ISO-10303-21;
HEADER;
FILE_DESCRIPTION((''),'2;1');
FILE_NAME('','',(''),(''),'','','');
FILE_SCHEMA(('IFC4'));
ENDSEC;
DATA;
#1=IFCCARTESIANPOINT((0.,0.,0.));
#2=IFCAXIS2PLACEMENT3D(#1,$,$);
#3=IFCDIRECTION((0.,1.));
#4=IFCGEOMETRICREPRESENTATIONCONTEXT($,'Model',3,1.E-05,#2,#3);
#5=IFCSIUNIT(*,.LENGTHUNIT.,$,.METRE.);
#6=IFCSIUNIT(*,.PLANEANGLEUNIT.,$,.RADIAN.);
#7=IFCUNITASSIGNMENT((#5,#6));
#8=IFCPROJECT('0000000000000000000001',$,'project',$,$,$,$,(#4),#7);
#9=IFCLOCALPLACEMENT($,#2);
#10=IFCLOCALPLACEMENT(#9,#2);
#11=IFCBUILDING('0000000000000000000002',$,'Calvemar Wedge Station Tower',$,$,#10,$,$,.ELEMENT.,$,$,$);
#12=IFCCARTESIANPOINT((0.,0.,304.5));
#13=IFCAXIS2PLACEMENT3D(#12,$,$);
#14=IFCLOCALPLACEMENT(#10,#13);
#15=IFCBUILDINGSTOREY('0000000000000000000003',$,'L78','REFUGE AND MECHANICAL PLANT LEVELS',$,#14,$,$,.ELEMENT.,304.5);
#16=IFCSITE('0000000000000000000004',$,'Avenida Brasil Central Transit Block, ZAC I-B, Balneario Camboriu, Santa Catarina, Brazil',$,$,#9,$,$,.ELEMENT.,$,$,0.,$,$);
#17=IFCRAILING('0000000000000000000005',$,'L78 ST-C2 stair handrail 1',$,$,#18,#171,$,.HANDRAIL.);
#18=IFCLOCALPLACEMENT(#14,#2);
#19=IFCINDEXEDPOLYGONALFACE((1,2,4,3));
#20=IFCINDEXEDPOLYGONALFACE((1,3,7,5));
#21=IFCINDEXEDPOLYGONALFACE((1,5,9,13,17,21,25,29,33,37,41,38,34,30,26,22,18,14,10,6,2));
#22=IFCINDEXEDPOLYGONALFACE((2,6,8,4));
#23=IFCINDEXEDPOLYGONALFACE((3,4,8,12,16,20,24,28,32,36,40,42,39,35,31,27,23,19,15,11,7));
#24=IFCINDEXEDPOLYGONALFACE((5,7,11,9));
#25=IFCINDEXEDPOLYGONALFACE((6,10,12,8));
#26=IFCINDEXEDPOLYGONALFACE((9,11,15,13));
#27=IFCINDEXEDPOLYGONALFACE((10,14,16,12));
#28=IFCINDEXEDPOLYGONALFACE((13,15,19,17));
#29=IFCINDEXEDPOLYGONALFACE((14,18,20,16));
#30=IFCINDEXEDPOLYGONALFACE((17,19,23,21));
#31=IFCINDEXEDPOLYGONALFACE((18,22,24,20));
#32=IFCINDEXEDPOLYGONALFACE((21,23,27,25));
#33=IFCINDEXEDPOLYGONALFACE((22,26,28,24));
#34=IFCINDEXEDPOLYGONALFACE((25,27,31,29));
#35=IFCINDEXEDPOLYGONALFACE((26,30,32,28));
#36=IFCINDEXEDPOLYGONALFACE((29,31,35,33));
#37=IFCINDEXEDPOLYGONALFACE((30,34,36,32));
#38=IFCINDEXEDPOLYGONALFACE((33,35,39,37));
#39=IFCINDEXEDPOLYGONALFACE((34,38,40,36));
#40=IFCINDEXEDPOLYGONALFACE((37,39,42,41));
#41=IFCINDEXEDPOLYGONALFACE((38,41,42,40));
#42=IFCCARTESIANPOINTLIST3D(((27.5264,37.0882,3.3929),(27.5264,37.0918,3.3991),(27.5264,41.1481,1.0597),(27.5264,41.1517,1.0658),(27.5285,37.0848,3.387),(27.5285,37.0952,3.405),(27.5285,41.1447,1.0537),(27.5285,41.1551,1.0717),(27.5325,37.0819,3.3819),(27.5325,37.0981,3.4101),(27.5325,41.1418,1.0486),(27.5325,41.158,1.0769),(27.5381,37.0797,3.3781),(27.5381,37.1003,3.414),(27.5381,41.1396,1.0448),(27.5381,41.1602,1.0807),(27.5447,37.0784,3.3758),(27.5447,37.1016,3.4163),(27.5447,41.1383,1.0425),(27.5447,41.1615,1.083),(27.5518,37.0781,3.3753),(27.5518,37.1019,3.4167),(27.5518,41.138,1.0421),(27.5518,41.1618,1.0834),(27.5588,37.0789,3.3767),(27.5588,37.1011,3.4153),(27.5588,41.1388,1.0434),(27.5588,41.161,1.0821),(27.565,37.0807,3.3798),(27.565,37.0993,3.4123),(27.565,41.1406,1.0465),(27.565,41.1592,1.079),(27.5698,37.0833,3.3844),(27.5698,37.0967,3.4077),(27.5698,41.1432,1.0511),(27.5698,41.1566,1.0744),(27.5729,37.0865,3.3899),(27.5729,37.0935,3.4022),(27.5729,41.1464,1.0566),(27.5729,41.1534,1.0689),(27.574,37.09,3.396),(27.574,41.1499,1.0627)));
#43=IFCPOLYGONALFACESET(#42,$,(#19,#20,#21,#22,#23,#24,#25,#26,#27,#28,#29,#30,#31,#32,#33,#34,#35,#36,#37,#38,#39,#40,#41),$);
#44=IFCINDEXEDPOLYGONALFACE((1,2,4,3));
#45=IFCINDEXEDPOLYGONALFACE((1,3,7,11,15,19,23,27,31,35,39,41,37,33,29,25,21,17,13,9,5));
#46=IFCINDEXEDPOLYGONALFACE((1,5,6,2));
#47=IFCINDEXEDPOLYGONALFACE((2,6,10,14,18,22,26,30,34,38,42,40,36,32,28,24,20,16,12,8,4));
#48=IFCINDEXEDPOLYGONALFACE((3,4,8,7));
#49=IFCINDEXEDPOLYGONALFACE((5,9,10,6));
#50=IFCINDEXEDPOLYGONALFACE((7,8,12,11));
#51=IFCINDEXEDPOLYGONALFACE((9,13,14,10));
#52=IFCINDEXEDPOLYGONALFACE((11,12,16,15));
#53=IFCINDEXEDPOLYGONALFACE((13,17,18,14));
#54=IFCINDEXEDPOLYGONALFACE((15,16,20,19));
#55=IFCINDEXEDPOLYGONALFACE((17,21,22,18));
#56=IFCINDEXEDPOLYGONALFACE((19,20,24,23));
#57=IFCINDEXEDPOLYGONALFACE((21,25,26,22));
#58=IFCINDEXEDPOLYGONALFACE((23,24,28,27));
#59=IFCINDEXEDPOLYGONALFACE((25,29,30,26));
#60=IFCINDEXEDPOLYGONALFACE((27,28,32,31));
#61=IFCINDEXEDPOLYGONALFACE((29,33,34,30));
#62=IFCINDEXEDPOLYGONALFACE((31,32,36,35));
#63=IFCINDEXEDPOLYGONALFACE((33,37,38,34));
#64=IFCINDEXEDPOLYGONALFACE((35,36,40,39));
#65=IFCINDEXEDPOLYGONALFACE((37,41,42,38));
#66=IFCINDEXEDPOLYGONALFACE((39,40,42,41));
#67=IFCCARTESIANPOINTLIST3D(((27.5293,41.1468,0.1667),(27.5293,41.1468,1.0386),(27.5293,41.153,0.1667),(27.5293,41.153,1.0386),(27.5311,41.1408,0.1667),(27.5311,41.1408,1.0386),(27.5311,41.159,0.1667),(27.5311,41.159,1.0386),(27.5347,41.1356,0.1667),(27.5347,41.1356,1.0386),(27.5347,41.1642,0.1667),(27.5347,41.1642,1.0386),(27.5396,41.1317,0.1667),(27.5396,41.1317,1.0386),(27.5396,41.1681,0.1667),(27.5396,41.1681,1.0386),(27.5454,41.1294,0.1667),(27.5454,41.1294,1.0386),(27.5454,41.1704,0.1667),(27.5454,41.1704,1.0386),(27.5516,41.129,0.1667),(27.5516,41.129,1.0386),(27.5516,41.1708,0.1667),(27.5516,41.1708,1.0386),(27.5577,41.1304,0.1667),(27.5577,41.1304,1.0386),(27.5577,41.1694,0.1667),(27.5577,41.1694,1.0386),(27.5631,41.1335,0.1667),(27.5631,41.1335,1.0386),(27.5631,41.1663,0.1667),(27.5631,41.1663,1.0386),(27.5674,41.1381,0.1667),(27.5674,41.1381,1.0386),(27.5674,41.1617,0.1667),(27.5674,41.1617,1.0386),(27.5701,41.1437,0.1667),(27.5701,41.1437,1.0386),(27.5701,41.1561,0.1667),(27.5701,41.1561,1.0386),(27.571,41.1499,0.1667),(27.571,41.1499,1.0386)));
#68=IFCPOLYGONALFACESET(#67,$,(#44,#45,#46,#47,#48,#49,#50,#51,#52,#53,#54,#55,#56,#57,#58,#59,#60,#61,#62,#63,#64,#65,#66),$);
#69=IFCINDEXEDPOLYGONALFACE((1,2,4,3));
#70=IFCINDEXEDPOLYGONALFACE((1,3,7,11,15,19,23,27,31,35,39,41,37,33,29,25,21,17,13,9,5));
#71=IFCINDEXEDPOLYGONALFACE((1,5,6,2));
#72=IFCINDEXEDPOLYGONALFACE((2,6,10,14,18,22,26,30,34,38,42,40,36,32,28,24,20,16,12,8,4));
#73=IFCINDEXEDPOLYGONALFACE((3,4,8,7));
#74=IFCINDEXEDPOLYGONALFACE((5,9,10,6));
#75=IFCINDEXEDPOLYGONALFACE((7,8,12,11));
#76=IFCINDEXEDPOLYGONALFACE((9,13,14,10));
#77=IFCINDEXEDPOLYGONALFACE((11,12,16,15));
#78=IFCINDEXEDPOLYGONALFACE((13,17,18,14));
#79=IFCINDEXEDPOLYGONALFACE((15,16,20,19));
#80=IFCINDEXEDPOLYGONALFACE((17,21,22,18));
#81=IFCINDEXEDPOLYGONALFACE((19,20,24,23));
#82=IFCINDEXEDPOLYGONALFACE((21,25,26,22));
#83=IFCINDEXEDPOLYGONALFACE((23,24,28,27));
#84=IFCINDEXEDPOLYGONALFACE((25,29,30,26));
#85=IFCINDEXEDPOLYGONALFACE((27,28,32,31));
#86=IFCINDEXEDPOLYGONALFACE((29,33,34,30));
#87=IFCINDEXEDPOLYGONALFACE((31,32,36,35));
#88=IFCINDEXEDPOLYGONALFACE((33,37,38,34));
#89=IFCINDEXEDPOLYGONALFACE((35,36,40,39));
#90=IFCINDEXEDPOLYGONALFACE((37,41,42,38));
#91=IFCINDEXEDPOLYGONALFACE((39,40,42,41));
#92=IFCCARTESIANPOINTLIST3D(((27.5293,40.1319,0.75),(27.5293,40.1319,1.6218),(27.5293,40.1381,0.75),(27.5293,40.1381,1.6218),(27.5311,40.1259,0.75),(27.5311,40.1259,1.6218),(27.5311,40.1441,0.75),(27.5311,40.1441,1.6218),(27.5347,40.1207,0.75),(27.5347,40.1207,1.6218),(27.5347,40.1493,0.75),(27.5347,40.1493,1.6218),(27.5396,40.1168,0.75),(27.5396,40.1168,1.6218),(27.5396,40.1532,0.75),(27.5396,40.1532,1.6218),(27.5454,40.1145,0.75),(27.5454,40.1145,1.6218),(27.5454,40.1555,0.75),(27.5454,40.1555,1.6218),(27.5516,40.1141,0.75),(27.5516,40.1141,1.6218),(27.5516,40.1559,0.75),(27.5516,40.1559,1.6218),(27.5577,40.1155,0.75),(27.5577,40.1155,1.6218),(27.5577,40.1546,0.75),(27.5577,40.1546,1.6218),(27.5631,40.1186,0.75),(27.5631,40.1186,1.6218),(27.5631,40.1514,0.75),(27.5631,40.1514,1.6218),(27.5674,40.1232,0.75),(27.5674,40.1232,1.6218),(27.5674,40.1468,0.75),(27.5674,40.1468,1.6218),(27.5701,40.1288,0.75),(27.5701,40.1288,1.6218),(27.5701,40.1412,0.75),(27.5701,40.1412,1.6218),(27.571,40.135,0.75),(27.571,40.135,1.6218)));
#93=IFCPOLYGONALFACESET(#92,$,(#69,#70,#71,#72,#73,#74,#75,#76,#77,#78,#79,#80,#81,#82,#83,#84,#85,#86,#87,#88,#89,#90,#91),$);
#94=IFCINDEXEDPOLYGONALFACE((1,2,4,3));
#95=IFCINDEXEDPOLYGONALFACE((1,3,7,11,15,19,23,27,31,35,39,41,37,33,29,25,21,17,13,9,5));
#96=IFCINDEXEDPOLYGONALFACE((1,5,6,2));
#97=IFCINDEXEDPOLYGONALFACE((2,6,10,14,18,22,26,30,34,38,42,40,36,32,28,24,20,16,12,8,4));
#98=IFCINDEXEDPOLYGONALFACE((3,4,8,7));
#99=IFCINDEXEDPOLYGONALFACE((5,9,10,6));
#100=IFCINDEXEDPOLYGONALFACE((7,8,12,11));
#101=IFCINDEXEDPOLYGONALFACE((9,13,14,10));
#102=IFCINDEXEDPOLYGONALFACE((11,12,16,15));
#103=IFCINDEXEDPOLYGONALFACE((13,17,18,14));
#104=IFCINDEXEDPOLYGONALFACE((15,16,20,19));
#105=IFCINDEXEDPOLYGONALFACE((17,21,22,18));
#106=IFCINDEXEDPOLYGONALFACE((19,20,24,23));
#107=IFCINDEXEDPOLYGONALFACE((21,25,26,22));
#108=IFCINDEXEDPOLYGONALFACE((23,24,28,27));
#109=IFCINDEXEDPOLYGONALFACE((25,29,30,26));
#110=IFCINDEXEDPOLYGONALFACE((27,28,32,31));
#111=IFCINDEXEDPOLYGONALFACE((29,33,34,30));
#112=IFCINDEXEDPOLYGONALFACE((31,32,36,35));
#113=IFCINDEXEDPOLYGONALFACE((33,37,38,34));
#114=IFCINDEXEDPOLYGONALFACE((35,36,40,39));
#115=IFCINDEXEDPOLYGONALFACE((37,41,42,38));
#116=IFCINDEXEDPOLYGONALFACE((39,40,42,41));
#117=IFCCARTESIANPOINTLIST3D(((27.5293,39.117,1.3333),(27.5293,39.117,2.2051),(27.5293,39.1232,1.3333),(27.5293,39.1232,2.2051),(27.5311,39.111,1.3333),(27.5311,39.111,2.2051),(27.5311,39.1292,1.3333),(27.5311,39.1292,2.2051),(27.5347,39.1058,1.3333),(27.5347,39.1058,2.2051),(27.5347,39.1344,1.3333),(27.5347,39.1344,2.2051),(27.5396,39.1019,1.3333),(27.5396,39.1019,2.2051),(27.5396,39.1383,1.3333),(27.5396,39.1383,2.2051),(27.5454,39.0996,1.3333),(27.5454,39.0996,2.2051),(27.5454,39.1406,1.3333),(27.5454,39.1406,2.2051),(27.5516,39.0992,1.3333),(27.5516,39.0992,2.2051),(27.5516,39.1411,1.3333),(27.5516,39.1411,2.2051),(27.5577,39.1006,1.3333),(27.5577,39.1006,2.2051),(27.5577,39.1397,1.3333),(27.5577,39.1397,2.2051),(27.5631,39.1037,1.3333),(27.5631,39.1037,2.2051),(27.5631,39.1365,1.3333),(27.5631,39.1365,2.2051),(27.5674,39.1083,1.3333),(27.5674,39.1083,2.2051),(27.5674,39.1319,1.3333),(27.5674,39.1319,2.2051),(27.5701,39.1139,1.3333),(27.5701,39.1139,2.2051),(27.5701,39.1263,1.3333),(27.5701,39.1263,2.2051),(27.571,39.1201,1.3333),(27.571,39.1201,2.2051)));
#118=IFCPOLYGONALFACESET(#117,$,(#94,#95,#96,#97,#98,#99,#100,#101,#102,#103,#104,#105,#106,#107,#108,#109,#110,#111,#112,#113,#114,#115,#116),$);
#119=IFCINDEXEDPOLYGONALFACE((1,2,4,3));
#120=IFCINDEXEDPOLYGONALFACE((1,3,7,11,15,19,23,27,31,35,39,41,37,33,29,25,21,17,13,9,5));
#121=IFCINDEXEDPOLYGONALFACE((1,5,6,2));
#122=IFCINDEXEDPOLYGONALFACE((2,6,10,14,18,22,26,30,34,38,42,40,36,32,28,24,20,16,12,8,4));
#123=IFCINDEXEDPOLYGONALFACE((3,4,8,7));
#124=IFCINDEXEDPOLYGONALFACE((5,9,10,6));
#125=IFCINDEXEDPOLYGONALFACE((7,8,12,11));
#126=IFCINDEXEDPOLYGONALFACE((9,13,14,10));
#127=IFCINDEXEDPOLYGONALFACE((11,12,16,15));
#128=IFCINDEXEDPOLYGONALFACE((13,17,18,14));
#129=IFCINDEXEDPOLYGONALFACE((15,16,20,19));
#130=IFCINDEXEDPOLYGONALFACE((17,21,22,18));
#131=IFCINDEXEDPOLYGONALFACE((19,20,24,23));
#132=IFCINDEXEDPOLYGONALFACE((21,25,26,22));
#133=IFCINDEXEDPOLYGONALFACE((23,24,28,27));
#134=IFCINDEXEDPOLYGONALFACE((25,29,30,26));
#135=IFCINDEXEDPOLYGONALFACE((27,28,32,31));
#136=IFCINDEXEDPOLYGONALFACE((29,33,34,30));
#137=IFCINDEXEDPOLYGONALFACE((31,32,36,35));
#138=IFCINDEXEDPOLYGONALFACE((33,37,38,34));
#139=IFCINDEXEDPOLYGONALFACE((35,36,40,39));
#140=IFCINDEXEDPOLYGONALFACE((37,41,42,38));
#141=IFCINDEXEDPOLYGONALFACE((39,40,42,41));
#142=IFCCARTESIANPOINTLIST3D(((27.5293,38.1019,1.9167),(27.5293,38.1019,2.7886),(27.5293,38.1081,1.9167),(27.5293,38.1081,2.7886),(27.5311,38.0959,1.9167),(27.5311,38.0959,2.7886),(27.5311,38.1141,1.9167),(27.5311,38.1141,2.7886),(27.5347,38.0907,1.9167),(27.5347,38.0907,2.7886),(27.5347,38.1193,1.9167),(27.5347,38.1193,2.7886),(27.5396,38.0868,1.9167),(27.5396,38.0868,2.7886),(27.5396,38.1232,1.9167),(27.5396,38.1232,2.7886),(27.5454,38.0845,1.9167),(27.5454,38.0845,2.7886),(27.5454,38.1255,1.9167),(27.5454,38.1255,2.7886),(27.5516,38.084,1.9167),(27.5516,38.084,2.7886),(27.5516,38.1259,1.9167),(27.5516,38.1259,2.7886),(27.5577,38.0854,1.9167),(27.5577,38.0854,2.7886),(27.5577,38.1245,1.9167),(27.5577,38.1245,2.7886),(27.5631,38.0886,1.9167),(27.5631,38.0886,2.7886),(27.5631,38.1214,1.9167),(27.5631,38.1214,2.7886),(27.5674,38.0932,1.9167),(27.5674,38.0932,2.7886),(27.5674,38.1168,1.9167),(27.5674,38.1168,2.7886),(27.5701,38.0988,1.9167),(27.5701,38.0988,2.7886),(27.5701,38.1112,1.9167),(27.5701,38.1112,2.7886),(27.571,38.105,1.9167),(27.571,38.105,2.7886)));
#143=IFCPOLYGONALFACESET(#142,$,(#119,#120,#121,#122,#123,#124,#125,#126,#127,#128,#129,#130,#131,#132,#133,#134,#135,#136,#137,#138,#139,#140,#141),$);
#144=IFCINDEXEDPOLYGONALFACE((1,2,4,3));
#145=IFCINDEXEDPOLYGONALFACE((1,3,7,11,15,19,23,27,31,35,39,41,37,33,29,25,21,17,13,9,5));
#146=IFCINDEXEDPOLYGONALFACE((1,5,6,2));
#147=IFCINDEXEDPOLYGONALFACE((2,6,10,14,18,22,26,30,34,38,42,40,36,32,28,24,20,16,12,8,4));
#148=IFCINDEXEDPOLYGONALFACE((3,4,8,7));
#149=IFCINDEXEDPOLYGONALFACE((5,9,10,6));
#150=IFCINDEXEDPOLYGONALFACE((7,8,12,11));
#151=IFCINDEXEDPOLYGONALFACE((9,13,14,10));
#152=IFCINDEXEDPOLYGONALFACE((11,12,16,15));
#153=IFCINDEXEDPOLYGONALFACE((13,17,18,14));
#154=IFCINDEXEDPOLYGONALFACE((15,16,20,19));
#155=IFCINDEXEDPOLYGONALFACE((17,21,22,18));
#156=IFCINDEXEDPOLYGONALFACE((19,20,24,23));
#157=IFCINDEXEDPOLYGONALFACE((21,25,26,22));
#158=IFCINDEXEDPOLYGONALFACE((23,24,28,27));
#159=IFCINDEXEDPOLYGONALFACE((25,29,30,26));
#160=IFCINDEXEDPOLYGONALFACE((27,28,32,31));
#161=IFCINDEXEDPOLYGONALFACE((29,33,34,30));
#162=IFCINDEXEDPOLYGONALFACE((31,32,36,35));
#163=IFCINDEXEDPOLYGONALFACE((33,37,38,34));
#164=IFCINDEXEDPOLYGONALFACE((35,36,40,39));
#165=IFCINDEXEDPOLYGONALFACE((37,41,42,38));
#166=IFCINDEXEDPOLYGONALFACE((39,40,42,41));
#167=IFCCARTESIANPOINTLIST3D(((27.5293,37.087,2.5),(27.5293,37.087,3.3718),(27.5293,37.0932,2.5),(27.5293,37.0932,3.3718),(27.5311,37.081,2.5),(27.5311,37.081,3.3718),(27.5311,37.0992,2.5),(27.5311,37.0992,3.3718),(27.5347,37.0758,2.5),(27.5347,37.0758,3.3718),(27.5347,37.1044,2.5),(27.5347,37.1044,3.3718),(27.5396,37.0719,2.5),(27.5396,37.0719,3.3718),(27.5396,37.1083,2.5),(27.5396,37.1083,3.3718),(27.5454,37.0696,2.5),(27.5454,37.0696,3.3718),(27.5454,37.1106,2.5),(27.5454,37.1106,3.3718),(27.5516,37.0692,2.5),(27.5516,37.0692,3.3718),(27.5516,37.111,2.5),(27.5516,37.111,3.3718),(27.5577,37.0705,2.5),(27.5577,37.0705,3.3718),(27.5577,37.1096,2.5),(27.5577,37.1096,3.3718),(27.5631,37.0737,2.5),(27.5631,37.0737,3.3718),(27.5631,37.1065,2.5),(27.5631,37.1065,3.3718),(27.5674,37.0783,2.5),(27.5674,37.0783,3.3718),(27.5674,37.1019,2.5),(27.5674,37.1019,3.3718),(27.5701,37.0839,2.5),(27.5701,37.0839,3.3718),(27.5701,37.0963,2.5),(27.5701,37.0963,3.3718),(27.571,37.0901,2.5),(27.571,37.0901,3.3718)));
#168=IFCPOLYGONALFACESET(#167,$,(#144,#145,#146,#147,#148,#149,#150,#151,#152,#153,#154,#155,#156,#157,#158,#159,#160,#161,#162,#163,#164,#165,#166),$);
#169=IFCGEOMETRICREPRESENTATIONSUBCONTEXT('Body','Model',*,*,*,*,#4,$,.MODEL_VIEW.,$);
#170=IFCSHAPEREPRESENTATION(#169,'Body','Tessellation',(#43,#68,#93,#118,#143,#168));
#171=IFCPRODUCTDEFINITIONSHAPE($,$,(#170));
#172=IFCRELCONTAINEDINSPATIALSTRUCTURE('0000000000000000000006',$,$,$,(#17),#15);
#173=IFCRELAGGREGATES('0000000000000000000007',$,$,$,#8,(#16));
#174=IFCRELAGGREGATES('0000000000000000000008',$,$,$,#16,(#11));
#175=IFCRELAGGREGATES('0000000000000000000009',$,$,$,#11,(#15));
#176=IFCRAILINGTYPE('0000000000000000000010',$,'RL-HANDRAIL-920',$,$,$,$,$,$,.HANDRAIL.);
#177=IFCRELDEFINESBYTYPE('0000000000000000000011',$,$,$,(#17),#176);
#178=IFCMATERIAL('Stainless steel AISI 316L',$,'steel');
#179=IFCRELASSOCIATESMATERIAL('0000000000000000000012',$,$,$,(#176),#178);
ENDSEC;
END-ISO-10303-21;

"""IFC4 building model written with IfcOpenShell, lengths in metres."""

from ifc_helpers import new_model, si_unit, direction, frame, origin, origin_2d, place, context, subcontext, project, spatial, circle, extrude, material, type_object, element, save


model = new_model("IFC4")

# Units and contexts
model_context = context("Model", 3, precision=1e-05, world=origin(), true_north=direction((0.0, 1.0)))
body_context = subcontext(model_context, "Body", "Model", "MODEL_VIEW")
ifc_project = project(units=[si_unit("LENGTHUNIT", "METRE"), si_unit("PLANEANGLEUNIT", "RADIAN")], contexts=[model_context])

# Site, building, storey
site_placement = place(None, origin())
site = spatial("IfcSite", under=ifc_project, at=site_placement, Name="Avenida Brasil Central Transit Block, ZAC I-B, Balneario Camboriu, Santa Catarina, Brazil", CompositionType="ELEMENT", RefElevation=0.0)
building_placement = place(site_placement, origin())
building = spatial("IfcBuilding", under=site, at=building_placement, Name="Calvemar Wedge Station Tower", CompositionType="ELEMENT")
storey_placement = place(building_placement, frame((0.0, 0.0, 304.5)))
storey = spatial("IfcBuildingStorey", under=building, at=storey_placement, Name="L78", Description="REFUGE AND MECHANICAL PLANT LEVELS", CompositionType="ELEMENT", Elevation=304.5)

# Railing
ifc_material_1 = material(Name="Stainless steel AISI 316L", Category="steel")
railing_type_1 = type_object("IfcRailingType", Name="RL-HANDRAIL-920", PredefinedType="HANDRAIL", material=ifc_material_1)
railing_1_placement = place(storey_placement, frame((27.55, 41.1499, 0.1667)))
element("IfcRailing", 1, at=railing_1_placement, inside=storey, type_object=railing_type_1, Name="L78 ST-C2 stair handrail 1", PredefinedType="HANDRAIL", context=body_context, shape_type="SweptSolid", body=[
    extrude(circle(Radius=0.0239, at=origin_2d()), frame((0.0, 0.0, 0.896), z_axis=(0.0, -0.867012, 0.498288), x_axis=(1.0, 0.0, 0.0)), (0.0, 0.0, 1.0), 4.6826),
    extrude(circle(Radius=0.021, at=origin_2d()), origin(), (0.0, 0.0, 1.0), 0.8718),
    extrude(circle(Radius=0.021, at=origin_2d()), frame((0.0, -1.0149, 0.5833)), (0.0, 0.0, 1.0), 0.8718),
    extrude(circle(Radius=0.021, at=origin_2d()), frame((0.0, -2.0298, 1.1665)), (0.0, 0.0, 1.0), 0.8718),
    extrude(circle(Radius=0.021, at=origin_2d()), frame((0.0, -3.0449, 1.75)), (0.0, 0.0, 1.0), 0.8718),
    extrude(circle(Radius=0.021, at=origin_2d()), frame((0.0, -4.0598, 2.3333)), (0.0, 0.0, 1.0), 0.8718),
])

save(model, "model.ifc")
